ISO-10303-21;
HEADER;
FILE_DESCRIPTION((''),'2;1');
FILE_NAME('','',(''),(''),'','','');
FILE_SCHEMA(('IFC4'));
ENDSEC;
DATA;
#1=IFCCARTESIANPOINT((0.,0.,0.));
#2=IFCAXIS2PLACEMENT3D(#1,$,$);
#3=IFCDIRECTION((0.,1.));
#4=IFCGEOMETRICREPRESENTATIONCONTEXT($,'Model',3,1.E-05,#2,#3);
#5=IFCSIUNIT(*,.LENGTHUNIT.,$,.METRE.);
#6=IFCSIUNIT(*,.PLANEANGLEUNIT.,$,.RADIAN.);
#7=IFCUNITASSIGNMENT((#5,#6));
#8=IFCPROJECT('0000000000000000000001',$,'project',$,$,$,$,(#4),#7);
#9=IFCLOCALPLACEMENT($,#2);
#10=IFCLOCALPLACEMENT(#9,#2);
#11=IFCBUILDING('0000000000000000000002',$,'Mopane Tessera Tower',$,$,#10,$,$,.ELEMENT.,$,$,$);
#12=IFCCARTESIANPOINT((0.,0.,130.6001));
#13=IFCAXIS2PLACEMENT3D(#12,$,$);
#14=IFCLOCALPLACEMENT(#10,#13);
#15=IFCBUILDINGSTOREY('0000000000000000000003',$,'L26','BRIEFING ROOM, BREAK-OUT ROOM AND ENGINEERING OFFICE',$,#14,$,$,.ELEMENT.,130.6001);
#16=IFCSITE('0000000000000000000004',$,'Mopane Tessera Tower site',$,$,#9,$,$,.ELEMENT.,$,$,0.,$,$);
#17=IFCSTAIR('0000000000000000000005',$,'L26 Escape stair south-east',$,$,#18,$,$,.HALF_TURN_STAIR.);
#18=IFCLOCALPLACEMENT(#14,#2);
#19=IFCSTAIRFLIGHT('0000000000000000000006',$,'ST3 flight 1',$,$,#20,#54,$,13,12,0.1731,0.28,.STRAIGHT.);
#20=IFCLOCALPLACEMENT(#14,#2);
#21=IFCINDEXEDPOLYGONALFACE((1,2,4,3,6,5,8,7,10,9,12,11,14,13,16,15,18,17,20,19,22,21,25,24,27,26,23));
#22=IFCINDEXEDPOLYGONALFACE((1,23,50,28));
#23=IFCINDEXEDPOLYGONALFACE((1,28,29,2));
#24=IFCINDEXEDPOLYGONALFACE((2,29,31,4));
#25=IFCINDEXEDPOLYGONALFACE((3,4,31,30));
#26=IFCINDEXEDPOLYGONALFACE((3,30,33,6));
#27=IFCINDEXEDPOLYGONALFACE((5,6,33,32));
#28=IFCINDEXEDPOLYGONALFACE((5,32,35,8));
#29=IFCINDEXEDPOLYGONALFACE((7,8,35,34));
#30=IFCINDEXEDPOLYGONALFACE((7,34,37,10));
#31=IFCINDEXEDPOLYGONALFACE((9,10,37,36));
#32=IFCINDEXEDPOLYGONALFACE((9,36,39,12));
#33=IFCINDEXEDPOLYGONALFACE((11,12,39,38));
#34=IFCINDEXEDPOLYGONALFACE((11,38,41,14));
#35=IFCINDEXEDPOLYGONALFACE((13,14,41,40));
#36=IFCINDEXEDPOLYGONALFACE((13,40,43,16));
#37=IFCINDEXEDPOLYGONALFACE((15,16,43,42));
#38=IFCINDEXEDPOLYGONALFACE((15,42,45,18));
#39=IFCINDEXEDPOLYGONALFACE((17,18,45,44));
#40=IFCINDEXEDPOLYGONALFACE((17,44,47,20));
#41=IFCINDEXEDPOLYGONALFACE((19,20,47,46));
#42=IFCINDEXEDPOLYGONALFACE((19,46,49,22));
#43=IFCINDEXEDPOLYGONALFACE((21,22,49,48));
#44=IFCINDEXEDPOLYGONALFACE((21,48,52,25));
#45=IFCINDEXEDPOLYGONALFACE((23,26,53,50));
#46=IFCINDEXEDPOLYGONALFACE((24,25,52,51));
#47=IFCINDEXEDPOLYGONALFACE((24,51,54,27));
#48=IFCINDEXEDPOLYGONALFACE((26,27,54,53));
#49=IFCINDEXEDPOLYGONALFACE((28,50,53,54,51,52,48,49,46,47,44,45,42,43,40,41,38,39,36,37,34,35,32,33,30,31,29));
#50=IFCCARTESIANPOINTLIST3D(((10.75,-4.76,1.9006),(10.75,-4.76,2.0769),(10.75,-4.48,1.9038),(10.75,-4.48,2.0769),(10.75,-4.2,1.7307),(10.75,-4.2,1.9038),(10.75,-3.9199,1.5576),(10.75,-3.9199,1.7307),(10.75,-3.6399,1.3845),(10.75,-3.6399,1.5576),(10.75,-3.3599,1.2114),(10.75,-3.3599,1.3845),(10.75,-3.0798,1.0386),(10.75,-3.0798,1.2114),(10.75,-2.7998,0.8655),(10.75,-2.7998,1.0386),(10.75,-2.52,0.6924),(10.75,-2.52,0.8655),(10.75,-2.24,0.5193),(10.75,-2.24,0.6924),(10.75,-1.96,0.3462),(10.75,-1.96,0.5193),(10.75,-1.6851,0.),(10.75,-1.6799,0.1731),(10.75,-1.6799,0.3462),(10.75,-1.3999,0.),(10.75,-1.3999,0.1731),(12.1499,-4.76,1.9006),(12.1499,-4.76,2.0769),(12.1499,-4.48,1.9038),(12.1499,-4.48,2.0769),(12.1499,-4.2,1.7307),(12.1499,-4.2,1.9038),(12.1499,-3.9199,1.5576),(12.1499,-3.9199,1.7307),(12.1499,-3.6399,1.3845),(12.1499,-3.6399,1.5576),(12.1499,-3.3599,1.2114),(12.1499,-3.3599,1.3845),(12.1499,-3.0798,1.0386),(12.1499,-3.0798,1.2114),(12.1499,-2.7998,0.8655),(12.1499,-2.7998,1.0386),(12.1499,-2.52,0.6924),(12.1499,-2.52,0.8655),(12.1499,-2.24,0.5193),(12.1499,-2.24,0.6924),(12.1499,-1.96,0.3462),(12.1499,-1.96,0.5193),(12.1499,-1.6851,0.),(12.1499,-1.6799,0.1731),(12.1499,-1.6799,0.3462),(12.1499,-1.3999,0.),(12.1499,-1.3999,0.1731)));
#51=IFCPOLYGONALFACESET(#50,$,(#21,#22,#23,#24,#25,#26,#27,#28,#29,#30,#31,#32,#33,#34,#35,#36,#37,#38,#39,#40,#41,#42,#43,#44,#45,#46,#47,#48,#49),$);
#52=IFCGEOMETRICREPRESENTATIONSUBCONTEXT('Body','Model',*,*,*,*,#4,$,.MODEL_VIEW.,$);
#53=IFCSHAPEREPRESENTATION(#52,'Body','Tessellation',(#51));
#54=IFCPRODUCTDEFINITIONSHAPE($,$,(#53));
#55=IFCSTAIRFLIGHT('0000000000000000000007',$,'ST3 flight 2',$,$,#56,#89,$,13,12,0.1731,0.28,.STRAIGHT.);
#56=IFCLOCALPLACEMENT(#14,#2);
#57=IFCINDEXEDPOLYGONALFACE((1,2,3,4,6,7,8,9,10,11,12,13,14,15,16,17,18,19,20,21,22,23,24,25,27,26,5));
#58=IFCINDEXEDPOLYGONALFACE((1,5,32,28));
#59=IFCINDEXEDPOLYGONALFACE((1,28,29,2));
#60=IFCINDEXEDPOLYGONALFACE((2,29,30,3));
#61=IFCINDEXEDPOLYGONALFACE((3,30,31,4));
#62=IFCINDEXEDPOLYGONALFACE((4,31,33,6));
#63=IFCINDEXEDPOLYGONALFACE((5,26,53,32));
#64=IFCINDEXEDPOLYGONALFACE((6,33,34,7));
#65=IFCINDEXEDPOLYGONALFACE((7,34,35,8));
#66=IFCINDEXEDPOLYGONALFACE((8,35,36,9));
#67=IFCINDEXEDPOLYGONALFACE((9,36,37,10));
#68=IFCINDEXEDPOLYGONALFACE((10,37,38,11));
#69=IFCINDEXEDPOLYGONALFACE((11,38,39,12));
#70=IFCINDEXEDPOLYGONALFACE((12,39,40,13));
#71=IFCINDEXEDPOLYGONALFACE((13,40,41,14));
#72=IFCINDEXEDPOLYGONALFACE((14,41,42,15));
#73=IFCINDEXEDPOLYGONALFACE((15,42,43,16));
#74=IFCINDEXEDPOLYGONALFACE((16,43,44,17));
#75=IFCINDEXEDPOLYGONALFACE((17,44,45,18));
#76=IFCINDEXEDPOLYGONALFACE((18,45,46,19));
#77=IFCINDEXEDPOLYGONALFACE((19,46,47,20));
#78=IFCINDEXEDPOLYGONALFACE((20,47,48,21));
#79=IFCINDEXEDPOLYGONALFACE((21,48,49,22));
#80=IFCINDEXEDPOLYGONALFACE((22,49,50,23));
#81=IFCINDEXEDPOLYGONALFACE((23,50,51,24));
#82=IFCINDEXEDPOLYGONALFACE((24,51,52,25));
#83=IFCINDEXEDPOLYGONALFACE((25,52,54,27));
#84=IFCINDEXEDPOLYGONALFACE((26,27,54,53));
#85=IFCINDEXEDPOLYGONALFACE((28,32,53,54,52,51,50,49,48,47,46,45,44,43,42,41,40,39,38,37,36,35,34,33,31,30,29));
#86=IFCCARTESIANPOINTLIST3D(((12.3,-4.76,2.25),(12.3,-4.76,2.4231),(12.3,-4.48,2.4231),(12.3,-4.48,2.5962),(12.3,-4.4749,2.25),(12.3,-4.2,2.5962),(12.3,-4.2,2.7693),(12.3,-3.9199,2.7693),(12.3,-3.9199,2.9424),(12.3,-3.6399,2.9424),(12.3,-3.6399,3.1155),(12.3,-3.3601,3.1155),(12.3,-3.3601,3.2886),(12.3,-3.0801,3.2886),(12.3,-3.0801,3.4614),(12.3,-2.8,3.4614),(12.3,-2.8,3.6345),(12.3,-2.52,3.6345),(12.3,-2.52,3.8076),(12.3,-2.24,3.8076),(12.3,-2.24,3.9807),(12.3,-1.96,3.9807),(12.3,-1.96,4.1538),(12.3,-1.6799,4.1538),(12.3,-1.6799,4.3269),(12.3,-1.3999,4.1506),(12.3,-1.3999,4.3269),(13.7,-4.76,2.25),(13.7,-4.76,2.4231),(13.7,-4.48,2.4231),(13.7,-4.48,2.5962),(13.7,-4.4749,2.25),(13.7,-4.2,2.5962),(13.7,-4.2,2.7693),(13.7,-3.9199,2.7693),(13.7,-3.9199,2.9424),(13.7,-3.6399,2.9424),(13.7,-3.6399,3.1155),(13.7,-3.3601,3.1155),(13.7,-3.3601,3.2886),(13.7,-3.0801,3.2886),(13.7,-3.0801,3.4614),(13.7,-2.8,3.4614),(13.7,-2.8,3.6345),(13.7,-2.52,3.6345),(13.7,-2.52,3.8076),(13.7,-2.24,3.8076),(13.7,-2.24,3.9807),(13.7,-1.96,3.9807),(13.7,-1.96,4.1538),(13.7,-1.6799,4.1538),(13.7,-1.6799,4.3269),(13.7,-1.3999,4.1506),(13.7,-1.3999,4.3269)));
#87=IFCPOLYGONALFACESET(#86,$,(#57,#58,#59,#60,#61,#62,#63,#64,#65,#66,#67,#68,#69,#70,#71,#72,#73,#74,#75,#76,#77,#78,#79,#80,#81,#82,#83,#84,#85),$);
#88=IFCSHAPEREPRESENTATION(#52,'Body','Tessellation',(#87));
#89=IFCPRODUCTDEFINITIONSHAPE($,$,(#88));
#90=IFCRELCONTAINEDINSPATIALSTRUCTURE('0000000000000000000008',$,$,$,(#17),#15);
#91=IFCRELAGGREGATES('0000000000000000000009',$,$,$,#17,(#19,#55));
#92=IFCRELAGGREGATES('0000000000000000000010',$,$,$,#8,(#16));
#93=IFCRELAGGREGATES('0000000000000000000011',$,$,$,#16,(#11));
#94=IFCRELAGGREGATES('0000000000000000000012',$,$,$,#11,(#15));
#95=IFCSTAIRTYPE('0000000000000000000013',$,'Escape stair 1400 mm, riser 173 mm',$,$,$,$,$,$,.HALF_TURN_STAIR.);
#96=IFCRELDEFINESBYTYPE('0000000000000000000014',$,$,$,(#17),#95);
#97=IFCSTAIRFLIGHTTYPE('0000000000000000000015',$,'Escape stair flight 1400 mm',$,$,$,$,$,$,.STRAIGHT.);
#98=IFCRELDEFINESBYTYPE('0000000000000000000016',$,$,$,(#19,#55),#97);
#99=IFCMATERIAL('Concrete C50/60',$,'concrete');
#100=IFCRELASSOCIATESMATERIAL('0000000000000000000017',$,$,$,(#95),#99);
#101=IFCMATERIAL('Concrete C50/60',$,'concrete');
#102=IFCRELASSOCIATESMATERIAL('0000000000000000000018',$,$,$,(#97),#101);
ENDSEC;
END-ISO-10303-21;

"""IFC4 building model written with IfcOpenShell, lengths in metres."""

from ifc_helpers import new_model, si_unit, direction, frame, origin, place, context, subcontext, project, spatial, polyline, outline, extrude, material, type_object, element, aggregate, save


model = new_model("IFC4")

# Units and contexts
model_context = context("Model", 3, precision=1e-05, world=origin(), true_north=direction((0.0, 1.0)))
body_context = subcontext(model_context, "Body", "Model", "MODEL_VIEW")
ifc_project = project(units=[si_unit("LENGTHUNIT", "METRE"), si_unit("PLANEANGLEUNIT", "RADIAN")], contexts=[model_context])

# Site, building, storey
site_placement = place(None, origin())
site = spatial("IfcSite", under=ifc_project, at=site_placement, Name="Mopane Tessera Tower site", CompositionType="ELEMENT", RefElevation=0.0)
building_placement = place(site_placement, origin())
building = spatial("IfcBuilding", under=site, at=building_placement, Name="Mopane Tessera Tower", CompositionType="ELEMENT")
storey_placement = place(building_placement, frame((0.0, 0.0, 130.6001)))
storey = spatial("IfcBuildingStorey", under=building, at=storey_placement, Name="L26", Description="BRIEFING ROOM, BREAK-OUT ROOM AND ENGINEERING OFFICE", CompositionType="ELEMENT", Elevation=130.6001)

# Stair, stair flights
ifc_material_1 = material(Name="Concrete C50/60", Category="concrete")
stair_type = type_object("IfcStairType", Name="Escape stair 1400 mm, riser 173 mm", PredefinedType="HALF_TURN_STAIR", material=ifc_material_1)
stair_placement = place(storey_placement, origin())
stair = element("IfcStair", 1, at=stair_placement, inside=storey, type_object=stair_type, Name="L26 Escape stair south-east", PredefinedType="HALF_TURN_STAIR")
ifc_material_2 = material(Name="Concrete C50/60", Category="concrete")
stair_flight_type = type_object("IfcStairFlightType", Name="Escape stair flight 1400 mm", PredefinedType="STRAIGHT", material=ifc_material_2)
stair_flight_1_placement = place(storey_placement, frame((11.45, -1.3999, 0.0), z_axis=(0.0, 0.0, 1.0), x_axis=(0.0, -1.0, 0.0)))
stair_flight_1 = element("IfcStairFlight", 2, at=stair_flight_1_placement, type_object=stair_flight_type, Name="ST3 flight 1", NumberOfRisers=13, NumberOfTreads=12, PredefinedType="STRAIGHT", RiserHeight=0.1731, TreadLength=0.28, context=body_context, shape_type="SweptSolid", body=[
    extrude(outline(polyline([(0.0, 0.0), (0.0, 0.1731), (0.28, 0.1731), (0.28, 0.3462), (0.5601, 0.3462), (0.5601, 0.5193), (0.8401, 0.5193), (0.8401, 0.6924), (1.1201, 0.6924), (1.1201, 0.8655), (1.3999, 0.8655), (1.3999, 1.0386), (1.6799, 1.0386), (1.6799, 1.2114), (1.96, 1.2114), (1.96, 1.3845), (2.24, 1.3845), (2.24, 1.5576), (2.52, 1.5576), (2.52, 1.7307), (2.8, 1.7307), (2.8, 1.9038), (3.0801, 1.9038), (3.0801, 2.0769), (3.3601, 2.0769), (3.3601, 2.25), (3.3601, 1.9006), (0.2852, 0.0), (0.0, 0.0)])), frame((0.0, 0.7, 0.0), z_axis=(0.0, -1.0, 0.0), x_axis=(1.0, 0.0, 0.0)), (0.0, 0.0, 1.0), 1.3999),
])
stair_flight_2_placement = place(storey_placement, frame((13.0, -4.76, 2.25), z_axis=(0.0, 0.0, 1.0), x_axis=(0.0, 1.0, 0.0)))
stair_flight_2 = element("IfcStairFlight", 3, at=stair_flight_2_placement, type_object=stair_flight_type, Name="ST3 flight 2", NumberOfRisers=13, NumberOfTreads=12, PredefinedType="STRAIGHT", RiserHeight=0.1731, TreadLength=0.28, context=body_context, shape_type="SweptSolid", body=[
    extrude(outline(polyline([(0.0, 0.0), (0.0, 0.1731), (0.28, 0.1731), (0.28, 0.3462), (0.5601, 0.3462), (0.5601, 0.5193), (0.8401, 0.5193), (0.8401, 0.6924), (1.1201, 0.6924), (1.1201, 0.8655), (1.3999, 0.8655), (1.3999, 1.0386), (1.6799, 1.0386), (1.6799, 1.2114), (1.96, 1.2114), (1.96, 1.3845), (2.24, 1.3845), (2.24, 1.5576), (2.52, 1.5576), (2.52, 1.7307), (2.8, 1.7307), (2.8, 1.9038), (3.0801, 1.9038), (3.0801, 2.0769), (3.3601, 2.0769), (3.3601, 2.25), (3.3601, 1.9006), (0.2852, 0.0), (0.0, 0.0)])), frame((0.0, 0.7, 0.0), z_axis=(0.0, -1.0, 0.0), x_axis=(1.0, 0.0, 0.0)), (0.0, 0.0, 1.0), 1.3999),
])
aggregate(stair, [stair_flight_1, stair_flight_2])

save(model, "model.ifc")
